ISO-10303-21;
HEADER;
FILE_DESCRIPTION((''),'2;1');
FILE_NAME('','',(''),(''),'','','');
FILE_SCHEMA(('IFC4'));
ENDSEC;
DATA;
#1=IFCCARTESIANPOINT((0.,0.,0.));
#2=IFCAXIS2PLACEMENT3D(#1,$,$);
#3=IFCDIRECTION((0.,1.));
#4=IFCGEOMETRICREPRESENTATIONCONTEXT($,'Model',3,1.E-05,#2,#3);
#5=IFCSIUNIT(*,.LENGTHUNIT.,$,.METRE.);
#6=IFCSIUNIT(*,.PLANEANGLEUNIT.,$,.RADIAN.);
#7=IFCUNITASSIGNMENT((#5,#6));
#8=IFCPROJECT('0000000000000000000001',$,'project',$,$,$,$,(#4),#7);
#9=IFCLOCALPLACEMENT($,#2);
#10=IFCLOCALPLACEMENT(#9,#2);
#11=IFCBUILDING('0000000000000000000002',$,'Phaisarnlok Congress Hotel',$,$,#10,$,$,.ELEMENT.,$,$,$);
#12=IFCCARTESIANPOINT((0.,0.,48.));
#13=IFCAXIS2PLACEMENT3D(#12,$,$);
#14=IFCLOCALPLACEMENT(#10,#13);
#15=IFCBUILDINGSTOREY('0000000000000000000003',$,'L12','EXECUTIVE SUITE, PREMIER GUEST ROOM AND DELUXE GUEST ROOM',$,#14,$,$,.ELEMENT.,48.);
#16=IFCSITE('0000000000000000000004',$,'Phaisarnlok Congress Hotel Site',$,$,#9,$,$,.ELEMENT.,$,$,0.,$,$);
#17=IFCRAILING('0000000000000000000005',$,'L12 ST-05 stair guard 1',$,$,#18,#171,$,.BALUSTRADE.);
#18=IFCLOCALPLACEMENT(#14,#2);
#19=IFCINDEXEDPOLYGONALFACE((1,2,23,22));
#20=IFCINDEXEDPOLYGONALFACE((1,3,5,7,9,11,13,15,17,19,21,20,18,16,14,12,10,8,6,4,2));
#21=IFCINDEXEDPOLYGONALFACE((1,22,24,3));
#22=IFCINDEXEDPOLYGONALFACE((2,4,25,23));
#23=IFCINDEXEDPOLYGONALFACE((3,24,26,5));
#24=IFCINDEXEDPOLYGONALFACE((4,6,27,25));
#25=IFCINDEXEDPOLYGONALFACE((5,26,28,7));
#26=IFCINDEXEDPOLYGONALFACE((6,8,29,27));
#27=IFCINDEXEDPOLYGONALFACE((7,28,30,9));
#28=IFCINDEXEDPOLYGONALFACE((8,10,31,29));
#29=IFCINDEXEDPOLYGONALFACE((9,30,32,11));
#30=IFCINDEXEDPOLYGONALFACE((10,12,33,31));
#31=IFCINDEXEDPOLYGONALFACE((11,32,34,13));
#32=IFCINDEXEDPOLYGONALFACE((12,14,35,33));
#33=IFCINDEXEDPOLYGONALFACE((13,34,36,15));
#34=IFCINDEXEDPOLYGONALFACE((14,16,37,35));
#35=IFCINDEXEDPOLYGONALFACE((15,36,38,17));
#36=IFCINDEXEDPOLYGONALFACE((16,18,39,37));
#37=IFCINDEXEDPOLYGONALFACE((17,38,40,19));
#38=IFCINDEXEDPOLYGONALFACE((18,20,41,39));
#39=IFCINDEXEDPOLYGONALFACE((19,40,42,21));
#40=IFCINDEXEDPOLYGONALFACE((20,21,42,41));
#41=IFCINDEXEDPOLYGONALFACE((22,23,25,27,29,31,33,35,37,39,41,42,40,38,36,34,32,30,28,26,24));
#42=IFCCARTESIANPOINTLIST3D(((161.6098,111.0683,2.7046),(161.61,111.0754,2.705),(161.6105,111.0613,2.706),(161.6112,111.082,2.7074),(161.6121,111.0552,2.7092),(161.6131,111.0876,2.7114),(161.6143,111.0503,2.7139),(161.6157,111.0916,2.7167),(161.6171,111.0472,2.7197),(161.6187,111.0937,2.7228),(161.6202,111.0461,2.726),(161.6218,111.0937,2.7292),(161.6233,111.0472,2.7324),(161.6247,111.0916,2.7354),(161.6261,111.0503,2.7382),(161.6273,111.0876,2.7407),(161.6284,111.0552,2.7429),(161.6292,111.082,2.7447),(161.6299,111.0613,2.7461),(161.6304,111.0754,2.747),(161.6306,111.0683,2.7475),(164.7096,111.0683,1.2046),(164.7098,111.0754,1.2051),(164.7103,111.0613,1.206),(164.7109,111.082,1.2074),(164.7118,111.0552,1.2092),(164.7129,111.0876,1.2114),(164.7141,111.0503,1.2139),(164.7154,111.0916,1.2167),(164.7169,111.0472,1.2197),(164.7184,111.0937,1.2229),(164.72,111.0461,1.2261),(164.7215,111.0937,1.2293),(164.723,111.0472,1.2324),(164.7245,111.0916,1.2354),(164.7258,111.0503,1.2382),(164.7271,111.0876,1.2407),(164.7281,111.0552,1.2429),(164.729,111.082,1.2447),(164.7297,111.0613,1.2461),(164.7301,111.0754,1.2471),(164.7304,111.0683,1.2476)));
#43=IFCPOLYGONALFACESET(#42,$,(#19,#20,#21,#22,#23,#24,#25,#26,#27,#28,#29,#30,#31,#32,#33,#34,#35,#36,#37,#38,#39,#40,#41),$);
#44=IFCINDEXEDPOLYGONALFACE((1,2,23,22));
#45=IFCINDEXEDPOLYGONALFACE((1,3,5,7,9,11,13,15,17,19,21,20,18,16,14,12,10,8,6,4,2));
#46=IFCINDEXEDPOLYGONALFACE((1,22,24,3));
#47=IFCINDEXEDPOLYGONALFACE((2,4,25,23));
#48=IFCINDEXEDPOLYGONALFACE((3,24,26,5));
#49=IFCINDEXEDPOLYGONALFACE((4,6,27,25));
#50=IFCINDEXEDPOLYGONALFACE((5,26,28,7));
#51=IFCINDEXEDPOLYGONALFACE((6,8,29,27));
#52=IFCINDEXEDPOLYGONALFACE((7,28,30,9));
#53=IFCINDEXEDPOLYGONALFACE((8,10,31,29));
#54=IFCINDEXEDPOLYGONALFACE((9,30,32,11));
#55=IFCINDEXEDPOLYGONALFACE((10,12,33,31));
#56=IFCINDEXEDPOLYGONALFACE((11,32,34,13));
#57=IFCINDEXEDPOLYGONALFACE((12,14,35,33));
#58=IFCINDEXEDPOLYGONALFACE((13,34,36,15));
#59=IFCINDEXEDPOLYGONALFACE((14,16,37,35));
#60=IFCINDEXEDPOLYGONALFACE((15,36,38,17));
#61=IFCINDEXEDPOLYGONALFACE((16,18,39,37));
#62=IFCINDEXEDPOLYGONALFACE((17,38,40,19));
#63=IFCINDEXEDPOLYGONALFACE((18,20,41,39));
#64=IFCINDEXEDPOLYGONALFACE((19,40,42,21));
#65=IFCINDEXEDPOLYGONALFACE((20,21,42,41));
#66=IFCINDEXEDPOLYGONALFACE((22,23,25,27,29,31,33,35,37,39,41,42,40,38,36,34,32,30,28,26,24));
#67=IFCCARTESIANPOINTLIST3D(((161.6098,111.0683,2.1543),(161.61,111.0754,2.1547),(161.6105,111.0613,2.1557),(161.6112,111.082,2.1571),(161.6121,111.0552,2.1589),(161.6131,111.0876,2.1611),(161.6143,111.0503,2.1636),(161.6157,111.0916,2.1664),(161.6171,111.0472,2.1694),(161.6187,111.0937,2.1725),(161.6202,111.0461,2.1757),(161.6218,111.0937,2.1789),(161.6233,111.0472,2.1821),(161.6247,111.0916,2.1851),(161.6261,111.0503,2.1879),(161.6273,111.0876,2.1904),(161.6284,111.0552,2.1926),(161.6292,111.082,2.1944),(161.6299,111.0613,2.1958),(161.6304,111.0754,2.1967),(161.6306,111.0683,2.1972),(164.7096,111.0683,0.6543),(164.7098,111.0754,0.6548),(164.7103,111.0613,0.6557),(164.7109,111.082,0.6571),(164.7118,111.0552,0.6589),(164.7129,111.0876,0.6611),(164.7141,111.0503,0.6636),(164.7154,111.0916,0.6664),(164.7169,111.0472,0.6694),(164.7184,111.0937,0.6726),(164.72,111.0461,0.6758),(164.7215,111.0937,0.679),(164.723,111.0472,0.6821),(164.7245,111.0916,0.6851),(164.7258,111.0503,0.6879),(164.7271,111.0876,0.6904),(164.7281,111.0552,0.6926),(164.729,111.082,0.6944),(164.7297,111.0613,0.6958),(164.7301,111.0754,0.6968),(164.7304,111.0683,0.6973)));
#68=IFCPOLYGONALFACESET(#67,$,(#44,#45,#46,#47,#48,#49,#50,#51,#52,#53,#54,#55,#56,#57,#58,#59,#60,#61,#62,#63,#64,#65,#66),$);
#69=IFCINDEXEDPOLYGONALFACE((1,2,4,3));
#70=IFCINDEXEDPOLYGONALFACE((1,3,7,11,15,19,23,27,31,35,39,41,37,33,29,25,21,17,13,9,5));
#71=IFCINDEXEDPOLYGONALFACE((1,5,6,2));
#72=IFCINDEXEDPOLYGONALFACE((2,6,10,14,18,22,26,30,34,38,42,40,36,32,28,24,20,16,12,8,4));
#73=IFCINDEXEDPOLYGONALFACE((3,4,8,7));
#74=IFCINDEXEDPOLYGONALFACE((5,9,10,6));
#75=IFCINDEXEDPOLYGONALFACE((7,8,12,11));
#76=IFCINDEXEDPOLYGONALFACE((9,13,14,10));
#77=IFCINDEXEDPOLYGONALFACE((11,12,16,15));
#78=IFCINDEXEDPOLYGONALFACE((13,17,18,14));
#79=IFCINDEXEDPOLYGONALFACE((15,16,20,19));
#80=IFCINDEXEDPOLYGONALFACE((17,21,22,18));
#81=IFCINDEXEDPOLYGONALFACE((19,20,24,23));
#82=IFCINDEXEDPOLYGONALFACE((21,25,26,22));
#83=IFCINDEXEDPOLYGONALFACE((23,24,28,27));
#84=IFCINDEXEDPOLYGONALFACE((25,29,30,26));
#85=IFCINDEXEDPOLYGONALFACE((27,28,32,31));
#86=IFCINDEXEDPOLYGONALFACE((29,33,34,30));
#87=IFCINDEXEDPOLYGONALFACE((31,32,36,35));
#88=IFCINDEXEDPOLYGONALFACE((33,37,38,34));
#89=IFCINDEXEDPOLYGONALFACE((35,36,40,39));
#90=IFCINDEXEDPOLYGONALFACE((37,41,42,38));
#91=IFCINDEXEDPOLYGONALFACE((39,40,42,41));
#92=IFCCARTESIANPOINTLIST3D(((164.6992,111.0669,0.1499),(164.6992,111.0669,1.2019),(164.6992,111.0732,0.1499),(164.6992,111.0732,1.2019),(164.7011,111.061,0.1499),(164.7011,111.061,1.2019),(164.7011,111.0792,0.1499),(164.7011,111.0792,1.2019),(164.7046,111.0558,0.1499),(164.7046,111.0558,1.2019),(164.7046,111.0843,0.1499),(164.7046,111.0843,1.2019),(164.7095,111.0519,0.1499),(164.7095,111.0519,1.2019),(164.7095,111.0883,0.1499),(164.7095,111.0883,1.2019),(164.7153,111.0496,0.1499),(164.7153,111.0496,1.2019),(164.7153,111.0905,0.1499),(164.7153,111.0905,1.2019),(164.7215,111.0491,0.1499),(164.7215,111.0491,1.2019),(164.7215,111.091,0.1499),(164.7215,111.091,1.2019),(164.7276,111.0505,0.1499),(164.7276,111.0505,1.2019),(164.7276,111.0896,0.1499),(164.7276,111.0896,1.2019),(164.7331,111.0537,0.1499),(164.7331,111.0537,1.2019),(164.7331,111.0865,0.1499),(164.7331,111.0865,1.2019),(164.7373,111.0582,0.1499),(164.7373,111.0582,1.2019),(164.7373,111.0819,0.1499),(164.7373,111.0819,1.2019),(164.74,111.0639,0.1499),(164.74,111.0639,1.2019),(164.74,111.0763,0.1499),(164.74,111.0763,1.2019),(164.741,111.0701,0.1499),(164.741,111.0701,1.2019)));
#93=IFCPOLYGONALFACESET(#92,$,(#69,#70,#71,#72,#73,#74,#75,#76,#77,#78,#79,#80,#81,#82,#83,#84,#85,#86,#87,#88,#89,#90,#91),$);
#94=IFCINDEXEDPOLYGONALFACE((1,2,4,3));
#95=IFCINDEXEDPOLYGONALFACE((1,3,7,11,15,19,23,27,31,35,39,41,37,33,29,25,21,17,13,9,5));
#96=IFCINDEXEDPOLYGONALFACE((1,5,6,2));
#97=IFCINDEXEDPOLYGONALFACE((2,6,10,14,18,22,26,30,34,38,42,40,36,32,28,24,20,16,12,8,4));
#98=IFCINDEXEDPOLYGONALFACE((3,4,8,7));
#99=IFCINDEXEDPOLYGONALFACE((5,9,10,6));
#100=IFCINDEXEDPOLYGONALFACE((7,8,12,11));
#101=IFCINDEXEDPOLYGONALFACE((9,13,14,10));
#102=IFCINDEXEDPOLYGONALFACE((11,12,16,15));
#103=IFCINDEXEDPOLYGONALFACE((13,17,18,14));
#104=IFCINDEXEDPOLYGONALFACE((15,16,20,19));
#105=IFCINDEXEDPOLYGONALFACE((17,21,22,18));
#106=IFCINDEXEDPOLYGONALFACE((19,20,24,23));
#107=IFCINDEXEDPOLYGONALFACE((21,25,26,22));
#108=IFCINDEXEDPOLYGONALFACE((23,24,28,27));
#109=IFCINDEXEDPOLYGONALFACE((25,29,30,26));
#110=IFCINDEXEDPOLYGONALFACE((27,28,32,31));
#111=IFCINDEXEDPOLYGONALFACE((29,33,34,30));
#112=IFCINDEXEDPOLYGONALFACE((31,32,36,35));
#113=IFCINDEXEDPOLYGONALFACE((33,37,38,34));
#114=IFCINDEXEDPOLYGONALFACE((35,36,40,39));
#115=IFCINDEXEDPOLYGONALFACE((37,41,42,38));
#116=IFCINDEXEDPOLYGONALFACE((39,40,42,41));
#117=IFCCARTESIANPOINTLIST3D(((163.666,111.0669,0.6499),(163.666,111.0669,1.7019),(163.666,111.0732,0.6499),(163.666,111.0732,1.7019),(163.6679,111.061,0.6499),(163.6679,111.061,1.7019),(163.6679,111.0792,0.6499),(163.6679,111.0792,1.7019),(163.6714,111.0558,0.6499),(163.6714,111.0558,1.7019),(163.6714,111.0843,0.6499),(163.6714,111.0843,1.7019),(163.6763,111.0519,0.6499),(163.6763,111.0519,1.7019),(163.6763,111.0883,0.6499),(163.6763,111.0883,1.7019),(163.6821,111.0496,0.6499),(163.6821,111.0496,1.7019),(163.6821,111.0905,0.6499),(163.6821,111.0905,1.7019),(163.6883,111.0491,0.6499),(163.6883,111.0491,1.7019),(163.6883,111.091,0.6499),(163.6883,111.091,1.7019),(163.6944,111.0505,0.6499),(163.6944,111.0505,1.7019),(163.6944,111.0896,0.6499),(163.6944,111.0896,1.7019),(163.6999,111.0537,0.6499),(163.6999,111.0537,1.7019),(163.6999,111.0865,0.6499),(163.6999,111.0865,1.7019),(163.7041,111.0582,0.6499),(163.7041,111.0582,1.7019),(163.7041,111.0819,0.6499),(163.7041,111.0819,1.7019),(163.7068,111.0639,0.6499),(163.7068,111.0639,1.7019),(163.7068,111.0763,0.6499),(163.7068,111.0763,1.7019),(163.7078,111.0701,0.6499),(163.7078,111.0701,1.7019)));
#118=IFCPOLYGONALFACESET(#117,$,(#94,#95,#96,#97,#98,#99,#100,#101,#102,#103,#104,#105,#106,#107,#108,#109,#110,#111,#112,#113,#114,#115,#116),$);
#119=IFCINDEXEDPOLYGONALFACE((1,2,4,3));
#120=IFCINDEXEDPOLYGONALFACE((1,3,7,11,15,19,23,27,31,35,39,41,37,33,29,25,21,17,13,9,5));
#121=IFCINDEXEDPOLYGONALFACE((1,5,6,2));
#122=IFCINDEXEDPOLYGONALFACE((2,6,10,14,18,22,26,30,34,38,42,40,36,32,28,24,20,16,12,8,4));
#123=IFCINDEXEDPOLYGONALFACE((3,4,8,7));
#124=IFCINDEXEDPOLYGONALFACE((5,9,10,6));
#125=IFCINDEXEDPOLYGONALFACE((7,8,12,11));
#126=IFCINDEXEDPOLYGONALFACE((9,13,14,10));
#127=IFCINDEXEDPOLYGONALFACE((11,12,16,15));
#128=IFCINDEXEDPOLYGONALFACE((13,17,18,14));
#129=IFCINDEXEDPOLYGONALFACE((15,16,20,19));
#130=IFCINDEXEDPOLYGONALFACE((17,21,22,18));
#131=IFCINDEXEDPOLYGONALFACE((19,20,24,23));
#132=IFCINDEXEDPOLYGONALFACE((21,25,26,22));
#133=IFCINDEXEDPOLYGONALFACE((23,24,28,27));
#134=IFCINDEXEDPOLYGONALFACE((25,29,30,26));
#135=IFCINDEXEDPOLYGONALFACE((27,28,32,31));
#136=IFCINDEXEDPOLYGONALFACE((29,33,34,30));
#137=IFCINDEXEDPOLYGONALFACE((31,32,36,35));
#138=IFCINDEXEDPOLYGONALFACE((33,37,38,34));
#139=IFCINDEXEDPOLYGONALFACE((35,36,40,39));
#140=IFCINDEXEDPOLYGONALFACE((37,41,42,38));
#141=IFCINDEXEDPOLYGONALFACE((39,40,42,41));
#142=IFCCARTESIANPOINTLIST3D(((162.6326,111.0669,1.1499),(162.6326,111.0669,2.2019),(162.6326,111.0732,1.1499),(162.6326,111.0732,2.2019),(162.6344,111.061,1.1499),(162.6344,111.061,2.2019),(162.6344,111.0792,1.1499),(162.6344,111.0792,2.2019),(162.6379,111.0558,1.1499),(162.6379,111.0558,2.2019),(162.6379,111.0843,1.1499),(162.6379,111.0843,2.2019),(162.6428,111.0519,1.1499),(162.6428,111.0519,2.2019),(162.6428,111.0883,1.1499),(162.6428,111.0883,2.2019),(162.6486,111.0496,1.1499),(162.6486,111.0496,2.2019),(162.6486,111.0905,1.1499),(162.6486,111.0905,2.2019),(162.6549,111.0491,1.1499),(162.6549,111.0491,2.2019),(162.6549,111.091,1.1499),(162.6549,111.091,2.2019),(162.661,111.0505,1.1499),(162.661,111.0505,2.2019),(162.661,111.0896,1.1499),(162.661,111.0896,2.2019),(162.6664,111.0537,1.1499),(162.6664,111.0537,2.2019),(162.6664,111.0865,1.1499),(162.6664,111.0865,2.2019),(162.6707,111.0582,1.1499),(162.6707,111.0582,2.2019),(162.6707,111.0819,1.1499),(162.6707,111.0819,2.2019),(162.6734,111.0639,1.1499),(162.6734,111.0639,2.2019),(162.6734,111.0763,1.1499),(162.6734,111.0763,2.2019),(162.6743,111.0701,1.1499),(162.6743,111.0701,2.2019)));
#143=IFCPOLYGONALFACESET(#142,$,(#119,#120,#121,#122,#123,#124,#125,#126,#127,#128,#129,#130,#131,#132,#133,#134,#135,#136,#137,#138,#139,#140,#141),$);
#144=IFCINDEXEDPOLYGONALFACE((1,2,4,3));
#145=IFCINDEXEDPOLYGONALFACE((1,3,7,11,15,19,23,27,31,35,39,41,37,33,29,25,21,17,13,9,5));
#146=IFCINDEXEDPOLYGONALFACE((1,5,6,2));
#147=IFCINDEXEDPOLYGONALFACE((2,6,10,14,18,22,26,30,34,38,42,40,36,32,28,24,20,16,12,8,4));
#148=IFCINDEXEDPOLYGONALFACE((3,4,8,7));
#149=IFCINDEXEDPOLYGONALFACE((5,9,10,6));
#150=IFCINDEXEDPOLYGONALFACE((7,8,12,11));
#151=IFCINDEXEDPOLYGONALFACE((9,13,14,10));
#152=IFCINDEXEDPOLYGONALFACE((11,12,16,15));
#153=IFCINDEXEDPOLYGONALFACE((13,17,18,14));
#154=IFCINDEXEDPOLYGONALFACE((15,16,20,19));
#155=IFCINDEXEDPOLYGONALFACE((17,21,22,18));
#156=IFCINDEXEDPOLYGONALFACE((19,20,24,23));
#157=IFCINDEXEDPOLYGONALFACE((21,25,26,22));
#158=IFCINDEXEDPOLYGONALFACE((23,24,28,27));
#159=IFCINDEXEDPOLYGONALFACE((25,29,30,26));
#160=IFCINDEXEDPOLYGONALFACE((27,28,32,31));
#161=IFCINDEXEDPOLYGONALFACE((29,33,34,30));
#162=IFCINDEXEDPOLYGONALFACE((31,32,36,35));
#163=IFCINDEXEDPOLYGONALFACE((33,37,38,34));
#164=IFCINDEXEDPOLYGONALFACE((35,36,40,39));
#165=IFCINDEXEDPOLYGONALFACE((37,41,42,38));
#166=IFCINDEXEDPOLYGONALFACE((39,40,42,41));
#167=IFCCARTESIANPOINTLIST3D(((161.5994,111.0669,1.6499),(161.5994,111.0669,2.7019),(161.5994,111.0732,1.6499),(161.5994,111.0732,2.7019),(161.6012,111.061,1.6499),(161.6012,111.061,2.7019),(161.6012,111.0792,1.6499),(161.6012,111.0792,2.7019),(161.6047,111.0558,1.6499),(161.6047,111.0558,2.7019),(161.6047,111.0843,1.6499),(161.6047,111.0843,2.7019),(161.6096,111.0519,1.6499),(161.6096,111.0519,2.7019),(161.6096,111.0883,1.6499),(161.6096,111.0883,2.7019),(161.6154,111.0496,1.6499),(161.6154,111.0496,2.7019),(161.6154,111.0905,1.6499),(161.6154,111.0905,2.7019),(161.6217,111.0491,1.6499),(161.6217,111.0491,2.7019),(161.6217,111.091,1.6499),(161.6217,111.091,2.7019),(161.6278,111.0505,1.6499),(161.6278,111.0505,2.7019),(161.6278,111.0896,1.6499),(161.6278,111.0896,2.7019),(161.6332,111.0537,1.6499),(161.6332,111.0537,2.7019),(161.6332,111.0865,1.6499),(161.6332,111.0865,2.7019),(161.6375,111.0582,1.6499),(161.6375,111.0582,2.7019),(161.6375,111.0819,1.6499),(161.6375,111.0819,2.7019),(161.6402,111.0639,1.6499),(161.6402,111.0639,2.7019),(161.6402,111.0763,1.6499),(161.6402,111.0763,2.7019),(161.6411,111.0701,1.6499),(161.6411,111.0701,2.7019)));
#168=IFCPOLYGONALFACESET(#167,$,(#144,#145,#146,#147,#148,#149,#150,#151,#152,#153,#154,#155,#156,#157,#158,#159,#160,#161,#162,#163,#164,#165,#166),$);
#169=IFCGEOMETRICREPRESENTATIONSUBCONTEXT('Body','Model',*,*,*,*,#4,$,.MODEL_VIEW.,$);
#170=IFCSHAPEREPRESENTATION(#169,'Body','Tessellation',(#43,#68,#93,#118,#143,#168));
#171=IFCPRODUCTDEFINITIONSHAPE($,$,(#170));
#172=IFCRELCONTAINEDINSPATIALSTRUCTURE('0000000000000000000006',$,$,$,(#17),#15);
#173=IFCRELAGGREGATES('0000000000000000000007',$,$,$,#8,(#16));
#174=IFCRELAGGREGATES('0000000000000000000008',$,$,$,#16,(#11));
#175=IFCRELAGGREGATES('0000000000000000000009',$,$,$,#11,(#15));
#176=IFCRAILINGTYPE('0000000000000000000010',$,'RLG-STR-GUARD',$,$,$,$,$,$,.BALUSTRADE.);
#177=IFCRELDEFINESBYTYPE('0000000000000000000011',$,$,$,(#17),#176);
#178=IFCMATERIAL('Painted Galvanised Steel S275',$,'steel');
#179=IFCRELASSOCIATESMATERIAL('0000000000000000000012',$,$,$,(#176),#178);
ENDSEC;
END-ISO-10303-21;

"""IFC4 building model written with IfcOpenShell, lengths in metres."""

from ifc_helpers import new_model, si_unit, direction, frame, origin, origin_2d, place, context, subcontext, project, spatial, circle, extrude, material, type_object, element, save


model = new_model("IFC4")

# Units and contexts
model_context = context("Model", 3, precision=1e-05, world=origin(), true_north=direction((0.0, 1.0)))
body_context = subcontext(model_context, "Body", "Model", "MODEL_VIEW")
ifc_project = project(units=[si_unit("LENGTHUNIT", "METRE"), si_unit("PLANEANGLEUNIT", "RADIAN")], contexts=[model_context])

# Site, building, storey
site_placement = place(None, origin())
site = spatial("IfcSite", under=ifc_project, at=site_placement, Name="Phaisarnlok Congress Hotel Site", CompositionType="ELEMENT", RefElevation=0.0)
building_placement = place(site_placement, origin())
building = spatial("IfcBuilding", under=site, at=building_placement, Name="Phaisarnlok Congress Hotel", CompositionType="ELEMENT")
storey_placement = place(building_placement, frame((0.0, 0.0, 48.0)))
storey = spatial("IfcBuildingStorey", under=building, at=storey_placement, Name="L12", Description="EXECUTIVE SUITE, PREMIER GUEST ROOM AND DELUXE GUEST ROOM", CompositionType="ELEMENT", Elevation=48.0)

# Railing
ifc_material_1 = material(Name="Painted Galvanised Steel S275", Category="steel")
railing_type_1 = type_object("IfcRailingType", Name="RLG-STR-GUARD", PredefinedType="BALUSTRADE", material=ifc_material_1)
railing_1_placement = place(storey_placement, frame((164.72, 111.0701, 0.1499)))
element("IfcRailing", 1, at=railing_1_placement, inside=storey, type_object=railing_type_1, Name="L12 ST-05 stair guard 1", PredefinedType="BALUSTRADE", context=body_context, shape_type="SweptSolid", body=[
    extrude(circle(Radius=0.0239, at=origin_2d()), frame((0.0, 0.0, 1.0762), z_axis=(-0.900151, 0.0, 0.435578), x_axis=(0.0, -1.0, 0.0)), (0.0, 0.0, 1.0), 3.4436),
    extrude(circle(Radius=0.0239, at=origin_2d()), frame((0.0, 0.0, 0.5259), z_axis=(-0.900151, 0.0, 0.435578), x_axis=(0.0, -1.0, 0.0)), (0.0, 0.0, 1.0), 3.4436),
    extrude(circle(Radius=0.021, at=origin_2d()), origin(), (0.0, 0.0, 1.0), 1.052),
    extrude(circle(Radius=0.021, at=origin_2d()), frame((-1.0332, 0.0, 0.5)), (0.0, 0.0, 1.0), 1.052),
    extrude(circle(Radius=0.021, at=origin_2d()), frame((-2.0667, 0.0, 1.0)), (0.0, 0.0, 1.0), 1.052),
    extrude(circle(Radius=0.021, at=origin_2d()), frame((-3.0999, 0.0, 1.5)), (0.0, 0.0, 1.0), 1.052),
])

save(model, "model.ifc")
